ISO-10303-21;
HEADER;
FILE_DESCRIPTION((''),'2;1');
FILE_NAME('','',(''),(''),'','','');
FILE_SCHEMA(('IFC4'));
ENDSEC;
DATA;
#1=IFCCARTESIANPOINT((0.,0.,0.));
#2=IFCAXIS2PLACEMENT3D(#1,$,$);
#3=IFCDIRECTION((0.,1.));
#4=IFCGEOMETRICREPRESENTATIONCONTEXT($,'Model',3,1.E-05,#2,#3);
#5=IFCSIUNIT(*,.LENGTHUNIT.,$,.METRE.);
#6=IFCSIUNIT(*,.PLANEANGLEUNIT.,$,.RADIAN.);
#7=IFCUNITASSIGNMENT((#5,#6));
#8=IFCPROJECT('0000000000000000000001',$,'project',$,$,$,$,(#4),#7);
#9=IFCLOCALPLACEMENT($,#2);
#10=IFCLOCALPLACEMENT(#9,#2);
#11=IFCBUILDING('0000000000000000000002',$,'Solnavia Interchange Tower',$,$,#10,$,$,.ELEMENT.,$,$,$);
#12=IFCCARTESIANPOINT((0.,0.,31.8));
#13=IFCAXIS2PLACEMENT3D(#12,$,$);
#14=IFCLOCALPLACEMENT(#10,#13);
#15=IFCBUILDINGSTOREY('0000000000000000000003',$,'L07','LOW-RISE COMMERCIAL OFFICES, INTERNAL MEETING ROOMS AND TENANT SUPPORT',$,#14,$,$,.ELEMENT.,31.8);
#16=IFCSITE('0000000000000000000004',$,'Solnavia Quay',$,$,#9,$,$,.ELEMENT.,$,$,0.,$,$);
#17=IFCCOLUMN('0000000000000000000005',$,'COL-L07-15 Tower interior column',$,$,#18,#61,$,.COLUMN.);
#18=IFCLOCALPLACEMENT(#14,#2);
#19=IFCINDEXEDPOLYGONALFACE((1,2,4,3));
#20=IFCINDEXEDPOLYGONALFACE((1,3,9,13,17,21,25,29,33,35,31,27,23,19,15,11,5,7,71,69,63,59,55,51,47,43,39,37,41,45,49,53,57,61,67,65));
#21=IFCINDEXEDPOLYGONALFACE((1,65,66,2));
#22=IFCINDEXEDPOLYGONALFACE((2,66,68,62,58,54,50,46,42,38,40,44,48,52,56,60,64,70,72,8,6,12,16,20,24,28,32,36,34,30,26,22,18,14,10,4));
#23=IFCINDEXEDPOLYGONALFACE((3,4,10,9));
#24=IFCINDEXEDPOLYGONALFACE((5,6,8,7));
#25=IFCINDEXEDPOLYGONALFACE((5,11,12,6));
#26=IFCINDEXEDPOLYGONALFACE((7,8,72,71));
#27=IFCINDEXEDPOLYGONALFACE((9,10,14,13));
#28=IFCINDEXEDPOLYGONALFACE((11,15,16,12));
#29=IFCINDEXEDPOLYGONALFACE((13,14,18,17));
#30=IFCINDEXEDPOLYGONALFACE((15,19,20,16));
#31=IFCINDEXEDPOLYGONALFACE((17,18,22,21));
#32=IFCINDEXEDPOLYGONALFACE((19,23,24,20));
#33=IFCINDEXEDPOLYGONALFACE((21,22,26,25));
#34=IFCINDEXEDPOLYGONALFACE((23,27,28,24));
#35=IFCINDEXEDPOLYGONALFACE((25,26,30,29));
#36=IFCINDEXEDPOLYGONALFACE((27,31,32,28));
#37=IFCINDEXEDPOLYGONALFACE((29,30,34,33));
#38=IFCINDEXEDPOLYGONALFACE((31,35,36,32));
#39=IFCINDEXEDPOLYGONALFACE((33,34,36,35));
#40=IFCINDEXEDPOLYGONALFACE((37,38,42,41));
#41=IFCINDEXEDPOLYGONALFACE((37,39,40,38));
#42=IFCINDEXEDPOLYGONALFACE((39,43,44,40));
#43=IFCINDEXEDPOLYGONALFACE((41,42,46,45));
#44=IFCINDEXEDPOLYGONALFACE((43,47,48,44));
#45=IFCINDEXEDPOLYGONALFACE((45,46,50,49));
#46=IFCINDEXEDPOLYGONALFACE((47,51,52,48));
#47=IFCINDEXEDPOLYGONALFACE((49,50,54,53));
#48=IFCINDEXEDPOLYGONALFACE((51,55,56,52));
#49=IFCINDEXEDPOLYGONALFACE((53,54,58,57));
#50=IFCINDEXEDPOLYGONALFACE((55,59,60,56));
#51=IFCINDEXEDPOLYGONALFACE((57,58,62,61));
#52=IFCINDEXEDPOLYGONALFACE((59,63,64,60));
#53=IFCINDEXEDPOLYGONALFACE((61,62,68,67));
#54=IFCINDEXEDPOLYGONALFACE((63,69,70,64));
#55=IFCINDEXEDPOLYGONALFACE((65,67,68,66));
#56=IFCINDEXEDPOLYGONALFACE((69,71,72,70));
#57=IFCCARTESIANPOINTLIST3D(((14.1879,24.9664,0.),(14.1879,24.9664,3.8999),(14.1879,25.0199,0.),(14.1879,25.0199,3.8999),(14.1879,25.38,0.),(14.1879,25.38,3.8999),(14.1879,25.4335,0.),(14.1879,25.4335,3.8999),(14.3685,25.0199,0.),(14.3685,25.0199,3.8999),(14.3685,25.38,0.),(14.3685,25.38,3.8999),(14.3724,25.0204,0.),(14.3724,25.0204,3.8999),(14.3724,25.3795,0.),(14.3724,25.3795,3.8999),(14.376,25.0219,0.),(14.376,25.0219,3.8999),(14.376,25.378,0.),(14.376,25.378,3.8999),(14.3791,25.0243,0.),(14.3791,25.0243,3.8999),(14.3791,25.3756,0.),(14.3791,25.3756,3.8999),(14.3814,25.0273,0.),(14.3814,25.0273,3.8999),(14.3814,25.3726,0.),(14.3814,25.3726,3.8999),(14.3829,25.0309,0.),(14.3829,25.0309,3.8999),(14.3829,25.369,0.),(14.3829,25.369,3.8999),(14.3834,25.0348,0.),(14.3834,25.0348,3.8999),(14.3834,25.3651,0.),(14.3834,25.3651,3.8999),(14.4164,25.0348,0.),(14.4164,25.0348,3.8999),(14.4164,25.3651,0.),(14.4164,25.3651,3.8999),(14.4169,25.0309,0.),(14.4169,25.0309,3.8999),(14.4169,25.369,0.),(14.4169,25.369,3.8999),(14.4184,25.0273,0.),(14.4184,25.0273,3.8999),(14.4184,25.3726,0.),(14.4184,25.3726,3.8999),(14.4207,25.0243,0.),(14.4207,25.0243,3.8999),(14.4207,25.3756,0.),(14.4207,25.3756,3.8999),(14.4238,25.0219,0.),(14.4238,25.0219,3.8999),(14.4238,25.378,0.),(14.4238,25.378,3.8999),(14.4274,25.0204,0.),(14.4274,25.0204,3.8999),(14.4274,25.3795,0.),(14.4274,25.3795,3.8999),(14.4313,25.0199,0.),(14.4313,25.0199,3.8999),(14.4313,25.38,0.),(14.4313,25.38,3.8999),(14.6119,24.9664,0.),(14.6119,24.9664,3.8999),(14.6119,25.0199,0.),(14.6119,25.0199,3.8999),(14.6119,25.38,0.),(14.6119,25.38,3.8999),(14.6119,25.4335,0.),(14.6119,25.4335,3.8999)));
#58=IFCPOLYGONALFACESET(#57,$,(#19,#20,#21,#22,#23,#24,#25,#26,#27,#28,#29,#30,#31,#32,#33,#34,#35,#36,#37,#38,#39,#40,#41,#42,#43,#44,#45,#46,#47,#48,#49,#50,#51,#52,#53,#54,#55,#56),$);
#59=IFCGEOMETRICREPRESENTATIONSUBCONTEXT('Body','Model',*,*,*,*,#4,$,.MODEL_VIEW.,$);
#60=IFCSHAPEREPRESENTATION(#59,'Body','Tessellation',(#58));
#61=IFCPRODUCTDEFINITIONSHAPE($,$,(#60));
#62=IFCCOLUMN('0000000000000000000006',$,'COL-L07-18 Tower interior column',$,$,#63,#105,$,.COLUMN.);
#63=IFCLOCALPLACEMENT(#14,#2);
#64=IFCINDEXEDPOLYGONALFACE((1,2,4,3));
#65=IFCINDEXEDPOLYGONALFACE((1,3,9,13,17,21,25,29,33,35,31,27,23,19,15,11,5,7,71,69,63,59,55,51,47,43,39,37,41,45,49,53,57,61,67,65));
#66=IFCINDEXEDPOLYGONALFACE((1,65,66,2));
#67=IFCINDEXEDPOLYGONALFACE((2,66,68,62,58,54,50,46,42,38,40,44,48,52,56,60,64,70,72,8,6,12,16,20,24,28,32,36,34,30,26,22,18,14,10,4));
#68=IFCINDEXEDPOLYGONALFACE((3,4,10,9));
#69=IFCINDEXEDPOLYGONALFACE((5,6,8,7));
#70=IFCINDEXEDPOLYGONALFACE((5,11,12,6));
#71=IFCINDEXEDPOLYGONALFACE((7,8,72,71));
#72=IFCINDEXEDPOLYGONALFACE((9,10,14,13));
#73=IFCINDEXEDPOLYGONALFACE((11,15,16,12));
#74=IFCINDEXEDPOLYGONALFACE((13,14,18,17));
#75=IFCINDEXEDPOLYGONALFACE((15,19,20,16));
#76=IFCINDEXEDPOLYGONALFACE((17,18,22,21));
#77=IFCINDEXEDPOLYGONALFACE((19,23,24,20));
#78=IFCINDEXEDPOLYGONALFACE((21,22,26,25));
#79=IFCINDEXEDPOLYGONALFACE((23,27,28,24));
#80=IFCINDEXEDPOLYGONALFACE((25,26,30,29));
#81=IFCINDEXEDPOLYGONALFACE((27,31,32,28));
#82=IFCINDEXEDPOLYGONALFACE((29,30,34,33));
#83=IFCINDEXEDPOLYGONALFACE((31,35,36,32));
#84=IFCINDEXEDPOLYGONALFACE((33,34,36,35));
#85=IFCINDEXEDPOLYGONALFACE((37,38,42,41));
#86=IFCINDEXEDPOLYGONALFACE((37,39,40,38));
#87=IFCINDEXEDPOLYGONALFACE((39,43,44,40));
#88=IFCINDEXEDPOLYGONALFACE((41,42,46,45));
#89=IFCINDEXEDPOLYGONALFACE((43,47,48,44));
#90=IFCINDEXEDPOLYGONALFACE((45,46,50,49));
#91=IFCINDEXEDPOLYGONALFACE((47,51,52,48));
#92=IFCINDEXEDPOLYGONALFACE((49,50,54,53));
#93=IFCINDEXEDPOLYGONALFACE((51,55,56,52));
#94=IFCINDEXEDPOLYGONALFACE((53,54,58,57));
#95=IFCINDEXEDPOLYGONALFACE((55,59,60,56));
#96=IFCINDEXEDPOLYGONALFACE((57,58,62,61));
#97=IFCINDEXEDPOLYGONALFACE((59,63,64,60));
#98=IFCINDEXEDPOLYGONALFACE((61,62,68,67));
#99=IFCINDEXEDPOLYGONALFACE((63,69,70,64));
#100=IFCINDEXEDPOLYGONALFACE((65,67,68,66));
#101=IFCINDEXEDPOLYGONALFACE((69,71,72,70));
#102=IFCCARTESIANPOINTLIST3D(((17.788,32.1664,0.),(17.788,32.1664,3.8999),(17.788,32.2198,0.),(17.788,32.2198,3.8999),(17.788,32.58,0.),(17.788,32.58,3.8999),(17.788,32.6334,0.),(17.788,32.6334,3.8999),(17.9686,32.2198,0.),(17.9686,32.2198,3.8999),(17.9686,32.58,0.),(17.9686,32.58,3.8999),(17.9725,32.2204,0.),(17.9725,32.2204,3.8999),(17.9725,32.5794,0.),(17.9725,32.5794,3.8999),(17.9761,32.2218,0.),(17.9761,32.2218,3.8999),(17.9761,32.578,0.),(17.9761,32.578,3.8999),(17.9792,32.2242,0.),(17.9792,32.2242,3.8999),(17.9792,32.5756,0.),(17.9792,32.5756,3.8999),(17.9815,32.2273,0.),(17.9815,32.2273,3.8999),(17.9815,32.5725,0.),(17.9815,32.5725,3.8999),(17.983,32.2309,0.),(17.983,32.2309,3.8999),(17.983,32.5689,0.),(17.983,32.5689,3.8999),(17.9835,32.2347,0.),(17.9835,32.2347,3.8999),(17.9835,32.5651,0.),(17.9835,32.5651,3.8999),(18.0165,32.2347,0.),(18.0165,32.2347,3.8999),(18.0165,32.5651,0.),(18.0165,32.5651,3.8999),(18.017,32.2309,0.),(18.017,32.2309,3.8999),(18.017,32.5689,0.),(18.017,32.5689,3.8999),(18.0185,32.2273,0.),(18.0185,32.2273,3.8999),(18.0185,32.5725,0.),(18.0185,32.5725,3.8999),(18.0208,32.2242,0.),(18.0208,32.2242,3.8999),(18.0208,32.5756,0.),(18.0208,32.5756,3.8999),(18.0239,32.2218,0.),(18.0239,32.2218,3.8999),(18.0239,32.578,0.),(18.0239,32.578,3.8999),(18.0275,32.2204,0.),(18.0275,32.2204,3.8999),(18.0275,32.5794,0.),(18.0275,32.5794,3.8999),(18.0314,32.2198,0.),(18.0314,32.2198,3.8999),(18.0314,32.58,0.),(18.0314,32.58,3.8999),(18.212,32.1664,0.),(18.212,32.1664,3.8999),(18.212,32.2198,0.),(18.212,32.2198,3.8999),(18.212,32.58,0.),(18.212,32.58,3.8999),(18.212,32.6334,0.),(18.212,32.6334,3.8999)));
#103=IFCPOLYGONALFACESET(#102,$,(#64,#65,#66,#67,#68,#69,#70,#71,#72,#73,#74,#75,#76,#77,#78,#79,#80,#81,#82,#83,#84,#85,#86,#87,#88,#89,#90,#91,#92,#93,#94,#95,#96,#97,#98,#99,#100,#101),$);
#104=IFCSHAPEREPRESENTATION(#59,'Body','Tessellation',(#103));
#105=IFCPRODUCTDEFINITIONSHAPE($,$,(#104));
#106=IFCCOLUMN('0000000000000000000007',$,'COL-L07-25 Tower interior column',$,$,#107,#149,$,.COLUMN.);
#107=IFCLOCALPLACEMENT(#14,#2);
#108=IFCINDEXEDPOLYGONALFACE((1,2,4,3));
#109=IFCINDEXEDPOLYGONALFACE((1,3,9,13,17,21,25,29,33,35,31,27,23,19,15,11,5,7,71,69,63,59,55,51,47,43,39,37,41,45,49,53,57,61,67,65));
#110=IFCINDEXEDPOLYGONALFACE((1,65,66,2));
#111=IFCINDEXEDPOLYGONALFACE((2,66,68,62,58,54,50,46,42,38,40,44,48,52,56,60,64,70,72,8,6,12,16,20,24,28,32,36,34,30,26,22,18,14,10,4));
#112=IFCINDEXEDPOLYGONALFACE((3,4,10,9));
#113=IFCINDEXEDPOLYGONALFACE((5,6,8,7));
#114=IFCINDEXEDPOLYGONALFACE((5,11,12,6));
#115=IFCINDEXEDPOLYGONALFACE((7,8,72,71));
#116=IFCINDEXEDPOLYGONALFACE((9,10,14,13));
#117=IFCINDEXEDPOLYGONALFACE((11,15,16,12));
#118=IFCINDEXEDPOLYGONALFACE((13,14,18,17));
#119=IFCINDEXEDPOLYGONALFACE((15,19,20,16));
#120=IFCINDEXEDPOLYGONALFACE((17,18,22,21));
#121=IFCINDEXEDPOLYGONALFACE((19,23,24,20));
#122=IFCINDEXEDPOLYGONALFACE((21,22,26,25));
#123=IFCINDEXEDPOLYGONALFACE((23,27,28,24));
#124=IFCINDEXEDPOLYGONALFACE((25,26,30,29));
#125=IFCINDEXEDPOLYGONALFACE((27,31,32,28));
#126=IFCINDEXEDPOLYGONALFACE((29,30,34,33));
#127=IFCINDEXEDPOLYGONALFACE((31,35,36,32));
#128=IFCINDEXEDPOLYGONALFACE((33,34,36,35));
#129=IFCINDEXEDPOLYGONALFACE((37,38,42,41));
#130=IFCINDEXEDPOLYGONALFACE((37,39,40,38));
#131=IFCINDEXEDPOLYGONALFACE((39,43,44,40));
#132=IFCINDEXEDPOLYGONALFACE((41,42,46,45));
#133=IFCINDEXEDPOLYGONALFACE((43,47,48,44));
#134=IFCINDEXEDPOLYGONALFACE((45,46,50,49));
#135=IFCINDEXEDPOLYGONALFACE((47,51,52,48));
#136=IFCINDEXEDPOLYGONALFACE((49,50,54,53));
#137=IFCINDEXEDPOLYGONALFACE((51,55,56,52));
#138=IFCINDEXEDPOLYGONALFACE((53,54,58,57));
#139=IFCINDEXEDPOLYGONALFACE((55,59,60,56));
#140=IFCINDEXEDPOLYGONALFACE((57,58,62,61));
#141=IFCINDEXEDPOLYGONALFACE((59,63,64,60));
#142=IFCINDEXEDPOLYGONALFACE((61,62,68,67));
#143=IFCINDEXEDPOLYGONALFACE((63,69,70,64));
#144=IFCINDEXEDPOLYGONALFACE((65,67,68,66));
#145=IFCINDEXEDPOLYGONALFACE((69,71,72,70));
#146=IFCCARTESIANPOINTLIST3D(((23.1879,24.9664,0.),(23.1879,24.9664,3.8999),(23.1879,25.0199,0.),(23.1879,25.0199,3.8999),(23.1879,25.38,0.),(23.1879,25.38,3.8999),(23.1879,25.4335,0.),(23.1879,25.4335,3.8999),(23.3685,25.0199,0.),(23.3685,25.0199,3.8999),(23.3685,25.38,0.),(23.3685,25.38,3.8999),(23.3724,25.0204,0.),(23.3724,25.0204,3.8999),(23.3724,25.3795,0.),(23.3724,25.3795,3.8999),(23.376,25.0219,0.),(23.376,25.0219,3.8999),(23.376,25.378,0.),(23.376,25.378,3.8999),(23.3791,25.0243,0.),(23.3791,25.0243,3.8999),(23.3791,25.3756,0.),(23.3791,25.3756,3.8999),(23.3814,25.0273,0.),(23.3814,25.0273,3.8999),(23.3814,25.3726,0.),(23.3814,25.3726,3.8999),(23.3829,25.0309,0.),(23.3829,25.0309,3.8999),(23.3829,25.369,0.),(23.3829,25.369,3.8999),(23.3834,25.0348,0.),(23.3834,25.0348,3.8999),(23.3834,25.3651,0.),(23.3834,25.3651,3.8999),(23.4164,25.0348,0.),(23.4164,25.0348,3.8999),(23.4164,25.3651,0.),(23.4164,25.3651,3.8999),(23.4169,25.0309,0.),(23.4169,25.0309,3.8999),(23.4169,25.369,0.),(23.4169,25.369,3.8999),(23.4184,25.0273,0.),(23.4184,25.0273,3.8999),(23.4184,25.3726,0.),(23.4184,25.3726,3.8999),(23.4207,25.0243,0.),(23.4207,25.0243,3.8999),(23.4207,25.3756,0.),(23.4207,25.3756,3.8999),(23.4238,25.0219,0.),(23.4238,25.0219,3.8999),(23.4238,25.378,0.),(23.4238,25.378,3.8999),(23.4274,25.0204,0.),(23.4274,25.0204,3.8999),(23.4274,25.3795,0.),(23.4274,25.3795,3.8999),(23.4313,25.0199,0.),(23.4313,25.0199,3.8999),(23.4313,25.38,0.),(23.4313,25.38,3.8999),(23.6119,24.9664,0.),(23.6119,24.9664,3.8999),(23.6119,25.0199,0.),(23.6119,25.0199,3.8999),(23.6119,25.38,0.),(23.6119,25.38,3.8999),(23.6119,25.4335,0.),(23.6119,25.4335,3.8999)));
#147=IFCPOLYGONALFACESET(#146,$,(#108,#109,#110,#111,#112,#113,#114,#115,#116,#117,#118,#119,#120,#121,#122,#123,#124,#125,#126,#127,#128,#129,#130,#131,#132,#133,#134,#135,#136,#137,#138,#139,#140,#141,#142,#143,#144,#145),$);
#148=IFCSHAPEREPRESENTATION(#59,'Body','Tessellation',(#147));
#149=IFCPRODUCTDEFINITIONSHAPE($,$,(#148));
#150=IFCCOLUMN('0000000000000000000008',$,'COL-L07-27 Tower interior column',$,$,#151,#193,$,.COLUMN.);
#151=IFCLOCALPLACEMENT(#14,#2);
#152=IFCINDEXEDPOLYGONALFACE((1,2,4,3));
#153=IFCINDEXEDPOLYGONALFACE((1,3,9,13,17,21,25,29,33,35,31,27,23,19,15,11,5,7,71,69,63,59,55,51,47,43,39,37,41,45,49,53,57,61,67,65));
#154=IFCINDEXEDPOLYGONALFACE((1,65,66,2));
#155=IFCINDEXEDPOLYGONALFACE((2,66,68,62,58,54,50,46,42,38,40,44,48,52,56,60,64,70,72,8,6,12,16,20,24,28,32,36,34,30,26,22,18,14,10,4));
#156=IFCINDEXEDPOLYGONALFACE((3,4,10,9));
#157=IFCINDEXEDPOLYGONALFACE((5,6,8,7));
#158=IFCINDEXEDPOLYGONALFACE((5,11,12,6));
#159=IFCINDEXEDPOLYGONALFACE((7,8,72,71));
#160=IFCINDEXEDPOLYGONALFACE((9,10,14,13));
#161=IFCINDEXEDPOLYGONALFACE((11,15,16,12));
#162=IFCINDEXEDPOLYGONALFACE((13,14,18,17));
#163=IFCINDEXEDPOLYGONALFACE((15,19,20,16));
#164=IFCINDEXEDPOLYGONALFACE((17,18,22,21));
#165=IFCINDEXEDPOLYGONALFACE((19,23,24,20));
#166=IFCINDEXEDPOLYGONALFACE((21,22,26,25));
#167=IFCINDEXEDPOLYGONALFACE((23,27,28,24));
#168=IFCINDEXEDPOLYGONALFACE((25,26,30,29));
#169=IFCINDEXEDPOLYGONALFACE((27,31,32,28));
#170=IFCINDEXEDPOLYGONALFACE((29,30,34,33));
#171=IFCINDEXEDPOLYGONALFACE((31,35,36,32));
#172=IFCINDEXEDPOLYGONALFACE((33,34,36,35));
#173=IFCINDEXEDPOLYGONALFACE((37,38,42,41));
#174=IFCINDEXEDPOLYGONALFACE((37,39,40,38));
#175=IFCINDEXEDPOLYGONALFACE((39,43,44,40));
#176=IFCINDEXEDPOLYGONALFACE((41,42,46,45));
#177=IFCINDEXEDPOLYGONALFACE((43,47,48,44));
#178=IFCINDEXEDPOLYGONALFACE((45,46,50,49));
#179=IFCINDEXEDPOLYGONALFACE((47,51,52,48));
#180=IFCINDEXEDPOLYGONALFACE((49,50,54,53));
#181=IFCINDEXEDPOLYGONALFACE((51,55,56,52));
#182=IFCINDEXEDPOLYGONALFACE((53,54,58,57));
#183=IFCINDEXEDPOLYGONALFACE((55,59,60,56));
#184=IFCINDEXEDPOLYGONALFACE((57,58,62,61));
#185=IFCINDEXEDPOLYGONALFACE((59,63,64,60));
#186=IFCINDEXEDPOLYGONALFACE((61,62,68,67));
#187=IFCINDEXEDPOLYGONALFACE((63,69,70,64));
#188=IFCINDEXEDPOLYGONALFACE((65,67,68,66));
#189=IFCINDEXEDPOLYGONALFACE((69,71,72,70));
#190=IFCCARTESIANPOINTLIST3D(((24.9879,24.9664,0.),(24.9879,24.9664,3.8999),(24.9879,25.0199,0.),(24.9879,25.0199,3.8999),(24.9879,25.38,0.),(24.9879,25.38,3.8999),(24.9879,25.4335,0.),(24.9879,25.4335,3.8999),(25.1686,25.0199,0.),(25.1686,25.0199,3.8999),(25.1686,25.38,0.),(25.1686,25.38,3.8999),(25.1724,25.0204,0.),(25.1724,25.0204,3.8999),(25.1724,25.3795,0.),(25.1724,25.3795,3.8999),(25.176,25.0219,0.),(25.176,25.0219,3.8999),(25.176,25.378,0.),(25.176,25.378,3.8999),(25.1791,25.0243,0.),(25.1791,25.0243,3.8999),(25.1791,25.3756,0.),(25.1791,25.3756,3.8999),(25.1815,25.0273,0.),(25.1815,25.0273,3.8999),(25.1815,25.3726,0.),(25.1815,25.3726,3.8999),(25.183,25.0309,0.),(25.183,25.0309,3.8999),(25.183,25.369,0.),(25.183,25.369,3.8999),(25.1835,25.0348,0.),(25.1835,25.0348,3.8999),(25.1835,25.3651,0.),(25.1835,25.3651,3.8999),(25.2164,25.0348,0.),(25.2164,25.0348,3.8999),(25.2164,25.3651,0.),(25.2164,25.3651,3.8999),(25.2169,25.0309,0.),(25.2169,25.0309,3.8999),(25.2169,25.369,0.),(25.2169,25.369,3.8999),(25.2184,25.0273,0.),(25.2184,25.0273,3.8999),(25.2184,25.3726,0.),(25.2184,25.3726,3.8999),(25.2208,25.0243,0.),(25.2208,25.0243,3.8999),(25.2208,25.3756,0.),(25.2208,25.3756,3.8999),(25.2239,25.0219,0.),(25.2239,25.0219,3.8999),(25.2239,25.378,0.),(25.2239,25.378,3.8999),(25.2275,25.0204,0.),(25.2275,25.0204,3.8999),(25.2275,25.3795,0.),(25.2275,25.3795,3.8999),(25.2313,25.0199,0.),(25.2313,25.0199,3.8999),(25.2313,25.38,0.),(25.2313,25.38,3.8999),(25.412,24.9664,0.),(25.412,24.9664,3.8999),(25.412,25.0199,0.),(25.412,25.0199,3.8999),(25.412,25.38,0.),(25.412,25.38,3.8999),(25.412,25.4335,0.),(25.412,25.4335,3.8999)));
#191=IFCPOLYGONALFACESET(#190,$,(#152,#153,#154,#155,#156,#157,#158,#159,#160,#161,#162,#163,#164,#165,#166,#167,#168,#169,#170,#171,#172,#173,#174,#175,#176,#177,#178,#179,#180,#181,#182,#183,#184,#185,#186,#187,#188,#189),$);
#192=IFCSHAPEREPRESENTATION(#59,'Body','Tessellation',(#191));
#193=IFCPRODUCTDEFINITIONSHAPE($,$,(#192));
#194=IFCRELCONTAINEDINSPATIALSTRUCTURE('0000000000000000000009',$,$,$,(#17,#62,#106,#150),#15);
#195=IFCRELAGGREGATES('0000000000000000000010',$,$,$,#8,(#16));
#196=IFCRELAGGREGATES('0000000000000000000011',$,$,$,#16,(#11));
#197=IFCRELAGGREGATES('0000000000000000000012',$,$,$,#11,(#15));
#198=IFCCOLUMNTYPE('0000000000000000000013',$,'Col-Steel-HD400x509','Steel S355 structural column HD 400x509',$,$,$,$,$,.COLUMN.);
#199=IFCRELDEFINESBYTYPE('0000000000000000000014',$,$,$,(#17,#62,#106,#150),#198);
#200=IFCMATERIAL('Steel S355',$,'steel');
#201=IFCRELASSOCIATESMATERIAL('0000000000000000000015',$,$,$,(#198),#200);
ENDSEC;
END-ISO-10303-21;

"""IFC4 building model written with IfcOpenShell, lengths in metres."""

from ifc_helpers import new_model, si_unit, direction, frame, origin, origin_2d, place, context, subcontext, project, spatial, i_section, extrude, material, material_profile, profile_set, type_object, element, save


model = new_model("IFC4")

# Units and contexts
model_context = context("Model", 3, precision=1e-05, world=origin(), true_north=direction((0.0, 1.0)))
body_context = subcontext(model_context, "Body", "Model", "MODEL_VIEW")
ifc_project = project(units=[si_unit("LENGTHUNIT", "METRE"), si_unit("PLANEANGLEUNIT", "RADIAN")], contexts=[model_context])

# Site, building, storey
site_placement = place(None, origin())
site = spatial("IfcSite", under=ifc_project, at=site_placement, Name="Solnavia Quay", CompositionType="ELEMENT", RefElevation=0.0)
building_placement = place(site_placement, origin())
building = spatial("IfcBuilding", under=site, at=building_placement, Name="Solnavia Interchange Tower", CompositionType="ELEMENT")
storey_placement = place(building_placement, frame((0.0, 0.0, 31.8)))
storey = spatial("IfcBuildingStorey", under=building, at=storey_placement, Name="L07", Description="LOW-RISE COMMERCIAL OFFICES, INTERNAL MEETING ROOMS AND TENANT SUPPORT", CompositionType="ELEMENT", Elevation=31.8)

# Columns
ifc_material_1 = material(Name="Steel S355", Category="steel")
ifc_material_profile_1 = material_profile(ifc_material_1, i_section(OverallWidth=0.4241, OverallDepth=0.467, WebThickness=0.033, FlangeThickness=0.0535, FilletRadius=0.0149, at=origin_2d()), Name="HD 400x509")
ifc_profile_set_1 = profile_set([ifc_material_profile_1], Name="Steel S355")
column_type = type_object("IfcColumnType", Name="Col-Steel-HD400x509", Description="Steel S355 structural column HD 400x509", PredefinedType="COLUMN", material=ifc_profile_set_1)
for number, where, z_axis, x_axis, name in (
    (1, (14.3999, 25.2, 0.0), (0.0, 0.0, 1.0), (1.0, 0.0, 0.0), "COL-L07-15 Tower interior column"),
    (2, (18.0, 32.3999, 0.0), (0.0, 0.0, 1.0), (1.0, 0.0, 0.0), "COL-L07-18 Tower interior column"),
    (3, (23.3999, 25.2, 0.0), (0.0, 0.0, 1.0), (1.0, 0.0, 0.0), "COL-L07-25 Tower interior column"),
    (4, (25.2, 25.2, 0.0), (0.0, 0.0, 1.0), (1.0, 0.0, 0.0), "COL-L07-27 Tower interior column"),
):
    element("IfcColumn", number, at=place(storey_placement, frame(where, z_axis=z_axis, x_axis=x_axis)), inside=storey, type_object=column_type, Name=name, PredefinedType="COLUMN", context=body_context, shape_type="SweptSolid", body=[
        extrude(i_section(OverallWidth=0.4241, OverallDepth=0.467, WebThickness=0.033, FlangeThickness=0.0535, FilletRadius=0.0149, at=origin_2d()), origin(), (0.0, 0.0, 1.0), 3.8999),
    ])

save(model, "model.ifc")
